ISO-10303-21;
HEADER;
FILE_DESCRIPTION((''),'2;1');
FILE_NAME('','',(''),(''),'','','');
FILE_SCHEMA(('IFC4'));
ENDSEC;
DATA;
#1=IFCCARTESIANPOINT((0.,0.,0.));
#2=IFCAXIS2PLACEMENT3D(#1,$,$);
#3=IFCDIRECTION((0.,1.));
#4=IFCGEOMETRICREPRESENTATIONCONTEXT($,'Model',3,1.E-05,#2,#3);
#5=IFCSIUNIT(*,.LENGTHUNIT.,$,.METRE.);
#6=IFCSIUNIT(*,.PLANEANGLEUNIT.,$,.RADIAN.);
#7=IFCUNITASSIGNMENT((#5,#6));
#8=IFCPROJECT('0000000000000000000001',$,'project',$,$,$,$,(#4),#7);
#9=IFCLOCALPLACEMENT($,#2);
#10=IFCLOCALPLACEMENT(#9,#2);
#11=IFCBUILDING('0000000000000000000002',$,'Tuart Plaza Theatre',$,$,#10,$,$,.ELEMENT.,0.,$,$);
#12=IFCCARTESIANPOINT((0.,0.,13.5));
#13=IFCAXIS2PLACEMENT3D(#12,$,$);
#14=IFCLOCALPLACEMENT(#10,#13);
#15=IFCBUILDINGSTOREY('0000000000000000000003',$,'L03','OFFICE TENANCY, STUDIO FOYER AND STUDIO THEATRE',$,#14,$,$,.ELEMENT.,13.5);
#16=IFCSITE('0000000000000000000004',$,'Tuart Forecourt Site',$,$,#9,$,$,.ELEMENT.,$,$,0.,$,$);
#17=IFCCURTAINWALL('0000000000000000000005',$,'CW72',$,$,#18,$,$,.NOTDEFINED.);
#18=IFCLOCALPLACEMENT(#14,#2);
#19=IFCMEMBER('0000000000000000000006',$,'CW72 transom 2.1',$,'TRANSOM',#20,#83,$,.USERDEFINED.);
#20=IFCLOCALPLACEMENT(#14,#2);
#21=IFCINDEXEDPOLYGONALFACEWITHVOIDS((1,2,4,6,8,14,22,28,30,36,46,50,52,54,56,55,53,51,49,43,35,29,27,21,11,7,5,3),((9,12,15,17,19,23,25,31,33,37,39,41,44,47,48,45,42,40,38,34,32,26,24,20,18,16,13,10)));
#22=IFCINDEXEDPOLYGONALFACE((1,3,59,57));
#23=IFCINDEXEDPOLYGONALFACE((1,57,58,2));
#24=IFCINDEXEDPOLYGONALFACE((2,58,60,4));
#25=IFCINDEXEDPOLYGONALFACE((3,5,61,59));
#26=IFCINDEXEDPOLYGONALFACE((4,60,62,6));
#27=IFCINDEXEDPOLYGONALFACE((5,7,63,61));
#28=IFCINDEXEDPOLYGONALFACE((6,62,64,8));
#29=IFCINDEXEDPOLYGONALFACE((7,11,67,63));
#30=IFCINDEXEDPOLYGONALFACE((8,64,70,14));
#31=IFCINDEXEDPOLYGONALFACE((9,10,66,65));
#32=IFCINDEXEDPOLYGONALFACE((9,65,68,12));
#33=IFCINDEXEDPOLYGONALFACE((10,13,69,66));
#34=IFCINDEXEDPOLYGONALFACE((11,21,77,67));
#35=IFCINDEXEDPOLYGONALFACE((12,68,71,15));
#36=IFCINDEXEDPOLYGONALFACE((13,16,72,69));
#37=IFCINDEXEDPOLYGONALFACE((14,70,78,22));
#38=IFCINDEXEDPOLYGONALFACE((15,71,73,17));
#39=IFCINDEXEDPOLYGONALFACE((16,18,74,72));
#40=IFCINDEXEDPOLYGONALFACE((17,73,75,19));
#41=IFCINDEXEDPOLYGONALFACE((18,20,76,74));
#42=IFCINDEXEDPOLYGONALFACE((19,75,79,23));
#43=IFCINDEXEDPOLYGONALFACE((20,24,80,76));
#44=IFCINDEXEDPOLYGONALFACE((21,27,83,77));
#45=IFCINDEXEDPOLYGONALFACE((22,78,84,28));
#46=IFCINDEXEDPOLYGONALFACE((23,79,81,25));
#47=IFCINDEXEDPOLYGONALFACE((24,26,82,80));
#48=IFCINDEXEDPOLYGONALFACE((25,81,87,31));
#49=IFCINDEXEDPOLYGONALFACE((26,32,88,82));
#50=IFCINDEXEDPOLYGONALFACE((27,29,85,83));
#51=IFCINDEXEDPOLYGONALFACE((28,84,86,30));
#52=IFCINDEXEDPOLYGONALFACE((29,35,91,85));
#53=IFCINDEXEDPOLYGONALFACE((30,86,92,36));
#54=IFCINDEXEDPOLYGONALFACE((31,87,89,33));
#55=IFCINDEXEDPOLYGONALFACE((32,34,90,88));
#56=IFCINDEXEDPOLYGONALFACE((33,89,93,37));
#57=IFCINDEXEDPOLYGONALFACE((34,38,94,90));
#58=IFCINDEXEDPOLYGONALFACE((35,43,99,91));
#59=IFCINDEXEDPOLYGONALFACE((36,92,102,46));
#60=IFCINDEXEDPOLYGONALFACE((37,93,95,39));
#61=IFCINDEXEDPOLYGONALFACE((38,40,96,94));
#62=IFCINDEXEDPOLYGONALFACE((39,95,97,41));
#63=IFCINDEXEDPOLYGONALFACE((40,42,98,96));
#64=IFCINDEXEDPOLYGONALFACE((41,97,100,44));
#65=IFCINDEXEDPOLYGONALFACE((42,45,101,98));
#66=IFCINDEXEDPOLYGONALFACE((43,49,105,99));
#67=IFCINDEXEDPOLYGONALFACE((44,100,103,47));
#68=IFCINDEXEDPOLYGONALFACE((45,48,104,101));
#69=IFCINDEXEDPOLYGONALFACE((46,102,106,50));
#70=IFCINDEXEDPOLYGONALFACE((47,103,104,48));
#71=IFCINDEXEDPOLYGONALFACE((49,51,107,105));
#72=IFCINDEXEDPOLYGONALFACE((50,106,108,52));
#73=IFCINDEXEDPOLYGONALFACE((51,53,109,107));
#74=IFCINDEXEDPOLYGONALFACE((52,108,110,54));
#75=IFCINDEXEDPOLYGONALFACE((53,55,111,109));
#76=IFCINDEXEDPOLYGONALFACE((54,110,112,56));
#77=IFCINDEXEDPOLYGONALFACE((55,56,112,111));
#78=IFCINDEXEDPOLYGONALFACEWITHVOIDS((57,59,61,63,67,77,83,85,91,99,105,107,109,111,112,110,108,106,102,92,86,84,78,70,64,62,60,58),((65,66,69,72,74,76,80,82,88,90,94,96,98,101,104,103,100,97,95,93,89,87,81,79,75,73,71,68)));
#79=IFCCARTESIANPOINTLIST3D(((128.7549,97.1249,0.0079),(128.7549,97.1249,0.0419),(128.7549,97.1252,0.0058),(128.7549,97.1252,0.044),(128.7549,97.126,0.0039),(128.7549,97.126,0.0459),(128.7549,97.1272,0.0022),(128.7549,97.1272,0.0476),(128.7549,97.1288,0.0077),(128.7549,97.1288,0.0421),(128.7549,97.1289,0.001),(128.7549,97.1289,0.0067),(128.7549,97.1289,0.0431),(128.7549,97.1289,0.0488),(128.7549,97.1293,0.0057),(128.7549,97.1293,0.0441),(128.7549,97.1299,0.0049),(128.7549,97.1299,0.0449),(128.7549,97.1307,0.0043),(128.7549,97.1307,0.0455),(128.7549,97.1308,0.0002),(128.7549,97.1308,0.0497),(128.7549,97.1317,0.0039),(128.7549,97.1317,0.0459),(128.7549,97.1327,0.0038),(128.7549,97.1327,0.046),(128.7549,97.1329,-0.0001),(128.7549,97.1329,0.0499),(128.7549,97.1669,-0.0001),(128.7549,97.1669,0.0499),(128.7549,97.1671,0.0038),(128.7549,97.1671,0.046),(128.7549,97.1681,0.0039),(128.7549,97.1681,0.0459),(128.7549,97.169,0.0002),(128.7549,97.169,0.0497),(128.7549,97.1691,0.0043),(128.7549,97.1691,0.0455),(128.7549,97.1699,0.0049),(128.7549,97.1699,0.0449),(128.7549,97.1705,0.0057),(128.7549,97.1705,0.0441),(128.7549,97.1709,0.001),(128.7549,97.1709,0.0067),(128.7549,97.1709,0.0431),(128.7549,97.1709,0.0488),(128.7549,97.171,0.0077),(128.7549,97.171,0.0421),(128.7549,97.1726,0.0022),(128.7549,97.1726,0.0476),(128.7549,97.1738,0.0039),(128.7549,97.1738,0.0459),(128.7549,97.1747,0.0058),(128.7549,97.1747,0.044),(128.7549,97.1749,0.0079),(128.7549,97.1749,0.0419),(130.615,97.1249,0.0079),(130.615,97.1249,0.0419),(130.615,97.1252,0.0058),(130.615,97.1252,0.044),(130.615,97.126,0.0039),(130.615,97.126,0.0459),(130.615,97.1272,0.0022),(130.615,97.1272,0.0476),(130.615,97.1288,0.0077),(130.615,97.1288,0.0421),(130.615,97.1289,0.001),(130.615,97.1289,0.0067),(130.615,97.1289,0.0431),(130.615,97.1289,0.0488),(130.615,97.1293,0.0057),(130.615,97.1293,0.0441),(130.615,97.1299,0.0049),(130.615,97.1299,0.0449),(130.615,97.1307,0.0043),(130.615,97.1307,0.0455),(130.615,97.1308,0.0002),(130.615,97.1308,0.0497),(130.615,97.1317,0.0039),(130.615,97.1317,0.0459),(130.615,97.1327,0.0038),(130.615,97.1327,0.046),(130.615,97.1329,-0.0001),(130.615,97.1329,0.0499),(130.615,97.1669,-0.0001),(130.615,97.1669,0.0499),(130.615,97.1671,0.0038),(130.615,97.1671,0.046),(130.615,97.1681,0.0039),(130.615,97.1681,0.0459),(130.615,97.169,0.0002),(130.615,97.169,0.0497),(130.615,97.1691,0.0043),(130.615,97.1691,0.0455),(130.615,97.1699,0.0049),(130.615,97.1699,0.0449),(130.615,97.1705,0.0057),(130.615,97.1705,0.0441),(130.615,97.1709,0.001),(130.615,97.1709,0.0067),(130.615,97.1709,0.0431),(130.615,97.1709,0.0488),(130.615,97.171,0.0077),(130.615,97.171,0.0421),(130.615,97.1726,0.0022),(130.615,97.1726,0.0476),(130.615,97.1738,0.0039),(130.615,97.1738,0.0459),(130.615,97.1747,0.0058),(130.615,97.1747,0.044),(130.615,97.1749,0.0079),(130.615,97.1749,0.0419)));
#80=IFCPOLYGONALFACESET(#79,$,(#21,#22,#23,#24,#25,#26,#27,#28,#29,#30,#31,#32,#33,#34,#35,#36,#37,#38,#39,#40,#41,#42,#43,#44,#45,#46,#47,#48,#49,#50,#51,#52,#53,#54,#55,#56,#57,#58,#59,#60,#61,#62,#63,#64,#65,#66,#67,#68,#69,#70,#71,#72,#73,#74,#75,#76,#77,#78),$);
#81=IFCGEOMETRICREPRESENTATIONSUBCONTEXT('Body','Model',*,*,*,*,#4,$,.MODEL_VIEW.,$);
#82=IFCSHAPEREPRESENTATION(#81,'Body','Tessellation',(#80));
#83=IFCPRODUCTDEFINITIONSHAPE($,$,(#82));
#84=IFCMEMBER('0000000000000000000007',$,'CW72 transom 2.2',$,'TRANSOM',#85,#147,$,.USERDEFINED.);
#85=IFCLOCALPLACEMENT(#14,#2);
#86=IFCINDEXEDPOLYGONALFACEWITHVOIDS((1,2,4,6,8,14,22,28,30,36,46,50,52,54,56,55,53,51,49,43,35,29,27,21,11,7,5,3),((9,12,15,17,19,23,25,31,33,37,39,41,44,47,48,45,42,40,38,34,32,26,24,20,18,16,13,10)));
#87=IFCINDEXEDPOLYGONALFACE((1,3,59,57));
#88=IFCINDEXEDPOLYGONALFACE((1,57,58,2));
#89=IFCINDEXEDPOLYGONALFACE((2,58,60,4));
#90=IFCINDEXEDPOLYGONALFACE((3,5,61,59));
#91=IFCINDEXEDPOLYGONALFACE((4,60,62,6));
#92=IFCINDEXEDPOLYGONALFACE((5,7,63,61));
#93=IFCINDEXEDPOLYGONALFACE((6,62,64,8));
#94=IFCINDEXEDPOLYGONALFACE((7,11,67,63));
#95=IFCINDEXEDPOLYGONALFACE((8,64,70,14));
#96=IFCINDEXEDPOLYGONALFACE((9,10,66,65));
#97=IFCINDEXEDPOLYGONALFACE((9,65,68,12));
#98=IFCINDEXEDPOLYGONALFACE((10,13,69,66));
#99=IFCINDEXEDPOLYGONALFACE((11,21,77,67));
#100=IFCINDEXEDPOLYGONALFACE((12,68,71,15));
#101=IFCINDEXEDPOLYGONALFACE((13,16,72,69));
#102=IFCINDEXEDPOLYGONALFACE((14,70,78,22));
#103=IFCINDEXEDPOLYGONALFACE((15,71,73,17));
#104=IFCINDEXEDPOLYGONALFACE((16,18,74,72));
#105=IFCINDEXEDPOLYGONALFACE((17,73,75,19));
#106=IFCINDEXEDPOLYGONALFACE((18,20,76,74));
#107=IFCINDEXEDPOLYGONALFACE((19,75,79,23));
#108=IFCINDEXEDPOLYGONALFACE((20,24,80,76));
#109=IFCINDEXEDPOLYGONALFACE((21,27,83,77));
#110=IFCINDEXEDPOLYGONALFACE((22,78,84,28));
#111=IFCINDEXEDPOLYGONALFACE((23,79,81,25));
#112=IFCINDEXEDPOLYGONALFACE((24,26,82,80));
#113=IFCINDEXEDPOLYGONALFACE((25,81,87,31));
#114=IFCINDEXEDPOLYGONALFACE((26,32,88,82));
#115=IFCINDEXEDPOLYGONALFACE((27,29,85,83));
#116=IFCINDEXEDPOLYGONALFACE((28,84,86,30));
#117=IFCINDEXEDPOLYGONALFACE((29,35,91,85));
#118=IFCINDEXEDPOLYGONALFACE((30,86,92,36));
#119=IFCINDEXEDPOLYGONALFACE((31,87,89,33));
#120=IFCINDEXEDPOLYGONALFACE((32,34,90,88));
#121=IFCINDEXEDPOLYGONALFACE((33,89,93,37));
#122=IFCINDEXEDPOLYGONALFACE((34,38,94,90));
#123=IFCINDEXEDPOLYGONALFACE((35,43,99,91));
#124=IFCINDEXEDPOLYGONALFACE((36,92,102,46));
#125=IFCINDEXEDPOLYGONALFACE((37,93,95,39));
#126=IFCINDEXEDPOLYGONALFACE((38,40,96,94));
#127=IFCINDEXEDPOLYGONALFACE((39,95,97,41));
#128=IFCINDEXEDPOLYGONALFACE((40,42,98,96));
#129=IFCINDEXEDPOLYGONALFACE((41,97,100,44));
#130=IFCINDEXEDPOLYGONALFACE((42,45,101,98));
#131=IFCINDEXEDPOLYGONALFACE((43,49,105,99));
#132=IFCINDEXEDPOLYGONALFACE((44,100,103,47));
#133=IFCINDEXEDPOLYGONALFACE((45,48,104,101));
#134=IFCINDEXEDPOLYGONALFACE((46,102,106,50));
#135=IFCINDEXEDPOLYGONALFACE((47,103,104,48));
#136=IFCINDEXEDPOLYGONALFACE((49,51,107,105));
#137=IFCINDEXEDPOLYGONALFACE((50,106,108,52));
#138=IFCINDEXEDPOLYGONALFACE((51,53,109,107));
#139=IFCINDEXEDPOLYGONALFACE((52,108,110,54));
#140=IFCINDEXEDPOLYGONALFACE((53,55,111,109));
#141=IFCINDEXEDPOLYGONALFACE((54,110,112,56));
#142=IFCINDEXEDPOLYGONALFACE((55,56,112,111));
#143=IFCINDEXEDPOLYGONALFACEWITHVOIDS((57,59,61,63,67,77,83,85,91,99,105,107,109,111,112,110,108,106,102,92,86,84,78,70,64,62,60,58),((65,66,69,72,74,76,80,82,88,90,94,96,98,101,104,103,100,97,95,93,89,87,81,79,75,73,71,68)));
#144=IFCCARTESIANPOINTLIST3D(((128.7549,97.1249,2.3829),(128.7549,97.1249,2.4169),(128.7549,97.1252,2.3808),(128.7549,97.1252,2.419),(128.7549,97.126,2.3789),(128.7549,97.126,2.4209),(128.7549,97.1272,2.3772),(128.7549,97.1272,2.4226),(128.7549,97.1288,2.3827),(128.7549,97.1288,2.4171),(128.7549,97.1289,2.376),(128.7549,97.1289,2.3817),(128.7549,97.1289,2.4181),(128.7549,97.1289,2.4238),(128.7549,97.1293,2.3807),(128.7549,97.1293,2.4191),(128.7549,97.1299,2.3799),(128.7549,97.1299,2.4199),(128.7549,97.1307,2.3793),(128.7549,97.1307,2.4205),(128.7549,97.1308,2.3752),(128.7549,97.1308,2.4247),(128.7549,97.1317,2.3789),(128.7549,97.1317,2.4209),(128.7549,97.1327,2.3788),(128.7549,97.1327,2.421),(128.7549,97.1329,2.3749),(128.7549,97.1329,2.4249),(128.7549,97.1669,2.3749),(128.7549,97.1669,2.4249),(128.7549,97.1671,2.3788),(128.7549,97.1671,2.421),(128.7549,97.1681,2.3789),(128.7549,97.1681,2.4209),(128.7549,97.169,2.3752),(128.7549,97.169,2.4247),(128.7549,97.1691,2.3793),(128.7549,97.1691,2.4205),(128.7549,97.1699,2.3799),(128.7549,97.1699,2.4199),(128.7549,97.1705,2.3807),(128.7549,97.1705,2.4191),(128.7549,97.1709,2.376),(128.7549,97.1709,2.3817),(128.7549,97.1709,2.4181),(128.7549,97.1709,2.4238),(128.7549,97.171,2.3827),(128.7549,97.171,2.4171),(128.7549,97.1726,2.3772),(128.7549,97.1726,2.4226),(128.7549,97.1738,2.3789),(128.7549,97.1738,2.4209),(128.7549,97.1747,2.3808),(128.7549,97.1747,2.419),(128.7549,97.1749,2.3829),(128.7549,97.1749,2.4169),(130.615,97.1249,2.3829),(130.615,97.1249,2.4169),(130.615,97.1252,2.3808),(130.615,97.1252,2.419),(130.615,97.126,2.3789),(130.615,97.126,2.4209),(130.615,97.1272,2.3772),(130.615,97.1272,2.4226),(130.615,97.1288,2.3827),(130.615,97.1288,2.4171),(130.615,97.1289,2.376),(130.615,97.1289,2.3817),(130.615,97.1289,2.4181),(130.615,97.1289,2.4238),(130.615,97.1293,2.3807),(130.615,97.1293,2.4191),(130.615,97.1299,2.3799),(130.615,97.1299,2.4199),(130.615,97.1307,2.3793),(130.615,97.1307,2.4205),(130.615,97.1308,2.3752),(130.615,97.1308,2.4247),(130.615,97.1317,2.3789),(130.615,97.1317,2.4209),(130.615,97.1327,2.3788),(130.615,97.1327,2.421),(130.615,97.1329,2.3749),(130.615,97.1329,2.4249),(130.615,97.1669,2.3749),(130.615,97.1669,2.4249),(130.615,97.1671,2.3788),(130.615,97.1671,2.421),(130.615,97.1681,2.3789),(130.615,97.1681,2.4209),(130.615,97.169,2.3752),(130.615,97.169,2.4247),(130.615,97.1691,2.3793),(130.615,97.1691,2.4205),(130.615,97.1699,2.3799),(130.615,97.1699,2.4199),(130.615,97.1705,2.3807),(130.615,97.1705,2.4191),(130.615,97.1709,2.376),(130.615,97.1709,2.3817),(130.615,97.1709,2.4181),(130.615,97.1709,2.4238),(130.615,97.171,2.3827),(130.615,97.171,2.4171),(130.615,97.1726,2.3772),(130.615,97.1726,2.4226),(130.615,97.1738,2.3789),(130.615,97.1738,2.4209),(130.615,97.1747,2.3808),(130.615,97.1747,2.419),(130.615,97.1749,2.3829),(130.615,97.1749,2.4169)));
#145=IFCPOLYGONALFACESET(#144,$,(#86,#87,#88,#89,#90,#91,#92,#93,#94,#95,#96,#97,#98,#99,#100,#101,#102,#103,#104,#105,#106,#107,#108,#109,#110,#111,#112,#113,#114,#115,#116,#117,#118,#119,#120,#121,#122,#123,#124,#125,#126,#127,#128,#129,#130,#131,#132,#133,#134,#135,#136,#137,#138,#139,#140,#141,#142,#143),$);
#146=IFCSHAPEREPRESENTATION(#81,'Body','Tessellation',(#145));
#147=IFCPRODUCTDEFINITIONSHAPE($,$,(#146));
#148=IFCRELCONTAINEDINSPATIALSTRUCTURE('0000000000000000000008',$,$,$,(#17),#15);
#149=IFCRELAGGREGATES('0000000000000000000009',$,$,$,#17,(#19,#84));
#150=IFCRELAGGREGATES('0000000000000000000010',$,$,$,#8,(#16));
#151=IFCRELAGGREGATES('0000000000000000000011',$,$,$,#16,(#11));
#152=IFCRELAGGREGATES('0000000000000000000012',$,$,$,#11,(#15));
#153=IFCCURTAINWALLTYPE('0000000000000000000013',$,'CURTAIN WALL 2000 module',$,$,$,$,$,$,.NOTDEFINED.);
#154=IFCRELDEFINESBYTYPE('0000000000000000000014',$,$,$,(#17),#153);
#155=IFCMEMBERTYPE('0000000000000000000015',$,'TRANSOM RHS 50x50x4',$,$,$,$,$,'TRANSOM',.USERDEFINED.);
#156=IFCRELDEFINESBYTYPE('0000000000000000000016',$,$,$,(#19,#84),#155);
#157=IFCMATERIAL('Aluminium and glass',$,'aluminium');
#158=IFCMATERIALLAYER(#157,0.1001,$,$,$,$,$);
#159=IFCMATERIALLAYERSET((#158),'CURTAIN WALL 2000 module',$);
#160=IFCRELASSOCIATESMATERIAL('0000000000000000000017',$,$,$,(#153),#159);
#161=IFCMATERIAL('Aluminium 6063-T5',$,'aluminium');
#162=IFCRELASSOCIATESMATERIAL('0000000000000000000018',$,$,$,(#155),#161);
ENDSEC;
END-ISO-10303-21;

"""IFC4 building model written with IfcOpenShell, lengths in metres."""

from ifc_helpers import new_model, si_unit, direction, frame, origin, origin_2d, place, context, subcontext, project, spatial, hollow_rectangle, extrude, material, layer, layer_set, material_profile, profile_set, type_object, element, aggregate, save


model = new_model("IFC4")

# Units and contexts
model_context = context("Model", 3, precision=1e-05, world=origin(), true_north=direction((0.0, 1.0)))
body_context = subcontext(model_context, "Body", "Model", "MODEL_VIEW")
ifc_project = project(units=[si_unit("LENGTHUNIT", "METRE"), si_unit("PLANEANGLEUNIT", "RADIAN")], contexts=[model_context])

# Site, building, storey
site_placement = place(None, origin())
site = spatial("IfcSite", under=ifc_project, at=site_placement, Name="Tuart Forecourt Site", CompositionType="ELEMENT", RefElevation=0.0)
building_placement = place(site_placement, origin())
building = spatial("IfcBuilding", under=site, at=building_placement, Name="Tuart Plaza Theatre", CompositionType="ELEMENT", ElevationOfRefHeight=0.0)
storey_placement = place(building_placement, frame((0.0, 0.0, 13.5)))
storey = spatial("IfcBuildingStorey", under=building, at=storey_placement, Name="L03", Description="OFFICE TENANCY, STUDIO FOYER AND STUDIO THEATRE", CompositionType="ELEMENT", Elevation=13.5)

# Curtain wall, members
ifc_material_1 = material(Name="Aluminium and glass", Category="aluminium")
ifc_layer_1 = layer(ifc_material_1, 0.1001)
ifc_layer_set_1 = layer_set([ifc_layer_1], Name="CURTAIN WALL 2000 module")
curtain_wall_type = type_object("IfcCurtainWallType", Name="CURTAIN WALL 2000 module", PredefinedType="NOTDEFINED", material=ifc_layer_set_1)
curtain_wall_placement = place(storey_placement, origin())
curtain_wall = element("IfcCurtainWall", 1, at=curtain_wall_placement, inside=storey, type_object=curtain_wall_type, Name="CW72", PredefinedType="NOTDEFINED")
ifc_material_2 = material(Name="Aluminium 6063-T5", Category="aluminium")
ifc_material_profile_1 = material_profile(ifc_material_2, hollow_rectangle(XDim=0.05, YDim=0.05, WallThickness=0.0039, InnerFilletRadius=0.0039, OuterFilletRadius=0.0081, at=origin_2d()), Name="RHS 50x50x4")
ifc_profile_set_1 = profile_set([ifc_material_profile_1], Name="Aluminium 6063-T5")
member_type_1 = type_object("IfcMemberType", Name="TRANSOM RHS 50x50x4", ElementType="TRANSOM", PredefinedType="USERDEFINED", material=ifc_profile_set_1)
member_1_placement = place(storey_placement, frame((130.615, 97.1499, 0.0249), z_axis=(-1.0, 0.0, 0.0), x_axis=(0.0, -1.0, 0.0)))
member_1 = element("IfcMember", 2, at=member_1_placement, type_object=member_type_1, Name="CW72 transom 2.1", ObjectType="TRANSOM", PredefinedType="USERDEFINED", context=body_context, shape_type="SweptSolid", body=[
    extrude(hollow_rectangle(XDim=0.05, YDim=0.05, WallThickness=0.0039, InnerFilletRadius=0.0039, OuterFilletRadius=0.0081, at=origin_2d()), origin(), (0.0, 0.0, 1.0), 1.8601),
])
member_2_placement = place(storey_placement, frame((130.615, 97.1499, 2.3999), z_axis=(-1.0, 0.0, 0.0), x_axis=(0.0, -1.0, 0.0)))
member_2 = element("IfcMember", 3, at=member_2_placement, type_object=member_type_1, Name="CW72 transom 2.2", ObjectType="TRANSOM", PredefinedType="USERDEFINED", context=body_context, shape_type="SweptSolid", body=[
    extrude(hollow_rectangle(XDim=0.05, YDim=0.05, WallThickness=0.0039, InnerFilletRadius=0.0039, OuterFilletRadius=0.0081, at=origin_2d()), origin(), (0.0, 0.0, 1.0), 1.8601),
])
aggregate(curtain_wall, [member_1, member_2])

save(model, "model.ifc")
